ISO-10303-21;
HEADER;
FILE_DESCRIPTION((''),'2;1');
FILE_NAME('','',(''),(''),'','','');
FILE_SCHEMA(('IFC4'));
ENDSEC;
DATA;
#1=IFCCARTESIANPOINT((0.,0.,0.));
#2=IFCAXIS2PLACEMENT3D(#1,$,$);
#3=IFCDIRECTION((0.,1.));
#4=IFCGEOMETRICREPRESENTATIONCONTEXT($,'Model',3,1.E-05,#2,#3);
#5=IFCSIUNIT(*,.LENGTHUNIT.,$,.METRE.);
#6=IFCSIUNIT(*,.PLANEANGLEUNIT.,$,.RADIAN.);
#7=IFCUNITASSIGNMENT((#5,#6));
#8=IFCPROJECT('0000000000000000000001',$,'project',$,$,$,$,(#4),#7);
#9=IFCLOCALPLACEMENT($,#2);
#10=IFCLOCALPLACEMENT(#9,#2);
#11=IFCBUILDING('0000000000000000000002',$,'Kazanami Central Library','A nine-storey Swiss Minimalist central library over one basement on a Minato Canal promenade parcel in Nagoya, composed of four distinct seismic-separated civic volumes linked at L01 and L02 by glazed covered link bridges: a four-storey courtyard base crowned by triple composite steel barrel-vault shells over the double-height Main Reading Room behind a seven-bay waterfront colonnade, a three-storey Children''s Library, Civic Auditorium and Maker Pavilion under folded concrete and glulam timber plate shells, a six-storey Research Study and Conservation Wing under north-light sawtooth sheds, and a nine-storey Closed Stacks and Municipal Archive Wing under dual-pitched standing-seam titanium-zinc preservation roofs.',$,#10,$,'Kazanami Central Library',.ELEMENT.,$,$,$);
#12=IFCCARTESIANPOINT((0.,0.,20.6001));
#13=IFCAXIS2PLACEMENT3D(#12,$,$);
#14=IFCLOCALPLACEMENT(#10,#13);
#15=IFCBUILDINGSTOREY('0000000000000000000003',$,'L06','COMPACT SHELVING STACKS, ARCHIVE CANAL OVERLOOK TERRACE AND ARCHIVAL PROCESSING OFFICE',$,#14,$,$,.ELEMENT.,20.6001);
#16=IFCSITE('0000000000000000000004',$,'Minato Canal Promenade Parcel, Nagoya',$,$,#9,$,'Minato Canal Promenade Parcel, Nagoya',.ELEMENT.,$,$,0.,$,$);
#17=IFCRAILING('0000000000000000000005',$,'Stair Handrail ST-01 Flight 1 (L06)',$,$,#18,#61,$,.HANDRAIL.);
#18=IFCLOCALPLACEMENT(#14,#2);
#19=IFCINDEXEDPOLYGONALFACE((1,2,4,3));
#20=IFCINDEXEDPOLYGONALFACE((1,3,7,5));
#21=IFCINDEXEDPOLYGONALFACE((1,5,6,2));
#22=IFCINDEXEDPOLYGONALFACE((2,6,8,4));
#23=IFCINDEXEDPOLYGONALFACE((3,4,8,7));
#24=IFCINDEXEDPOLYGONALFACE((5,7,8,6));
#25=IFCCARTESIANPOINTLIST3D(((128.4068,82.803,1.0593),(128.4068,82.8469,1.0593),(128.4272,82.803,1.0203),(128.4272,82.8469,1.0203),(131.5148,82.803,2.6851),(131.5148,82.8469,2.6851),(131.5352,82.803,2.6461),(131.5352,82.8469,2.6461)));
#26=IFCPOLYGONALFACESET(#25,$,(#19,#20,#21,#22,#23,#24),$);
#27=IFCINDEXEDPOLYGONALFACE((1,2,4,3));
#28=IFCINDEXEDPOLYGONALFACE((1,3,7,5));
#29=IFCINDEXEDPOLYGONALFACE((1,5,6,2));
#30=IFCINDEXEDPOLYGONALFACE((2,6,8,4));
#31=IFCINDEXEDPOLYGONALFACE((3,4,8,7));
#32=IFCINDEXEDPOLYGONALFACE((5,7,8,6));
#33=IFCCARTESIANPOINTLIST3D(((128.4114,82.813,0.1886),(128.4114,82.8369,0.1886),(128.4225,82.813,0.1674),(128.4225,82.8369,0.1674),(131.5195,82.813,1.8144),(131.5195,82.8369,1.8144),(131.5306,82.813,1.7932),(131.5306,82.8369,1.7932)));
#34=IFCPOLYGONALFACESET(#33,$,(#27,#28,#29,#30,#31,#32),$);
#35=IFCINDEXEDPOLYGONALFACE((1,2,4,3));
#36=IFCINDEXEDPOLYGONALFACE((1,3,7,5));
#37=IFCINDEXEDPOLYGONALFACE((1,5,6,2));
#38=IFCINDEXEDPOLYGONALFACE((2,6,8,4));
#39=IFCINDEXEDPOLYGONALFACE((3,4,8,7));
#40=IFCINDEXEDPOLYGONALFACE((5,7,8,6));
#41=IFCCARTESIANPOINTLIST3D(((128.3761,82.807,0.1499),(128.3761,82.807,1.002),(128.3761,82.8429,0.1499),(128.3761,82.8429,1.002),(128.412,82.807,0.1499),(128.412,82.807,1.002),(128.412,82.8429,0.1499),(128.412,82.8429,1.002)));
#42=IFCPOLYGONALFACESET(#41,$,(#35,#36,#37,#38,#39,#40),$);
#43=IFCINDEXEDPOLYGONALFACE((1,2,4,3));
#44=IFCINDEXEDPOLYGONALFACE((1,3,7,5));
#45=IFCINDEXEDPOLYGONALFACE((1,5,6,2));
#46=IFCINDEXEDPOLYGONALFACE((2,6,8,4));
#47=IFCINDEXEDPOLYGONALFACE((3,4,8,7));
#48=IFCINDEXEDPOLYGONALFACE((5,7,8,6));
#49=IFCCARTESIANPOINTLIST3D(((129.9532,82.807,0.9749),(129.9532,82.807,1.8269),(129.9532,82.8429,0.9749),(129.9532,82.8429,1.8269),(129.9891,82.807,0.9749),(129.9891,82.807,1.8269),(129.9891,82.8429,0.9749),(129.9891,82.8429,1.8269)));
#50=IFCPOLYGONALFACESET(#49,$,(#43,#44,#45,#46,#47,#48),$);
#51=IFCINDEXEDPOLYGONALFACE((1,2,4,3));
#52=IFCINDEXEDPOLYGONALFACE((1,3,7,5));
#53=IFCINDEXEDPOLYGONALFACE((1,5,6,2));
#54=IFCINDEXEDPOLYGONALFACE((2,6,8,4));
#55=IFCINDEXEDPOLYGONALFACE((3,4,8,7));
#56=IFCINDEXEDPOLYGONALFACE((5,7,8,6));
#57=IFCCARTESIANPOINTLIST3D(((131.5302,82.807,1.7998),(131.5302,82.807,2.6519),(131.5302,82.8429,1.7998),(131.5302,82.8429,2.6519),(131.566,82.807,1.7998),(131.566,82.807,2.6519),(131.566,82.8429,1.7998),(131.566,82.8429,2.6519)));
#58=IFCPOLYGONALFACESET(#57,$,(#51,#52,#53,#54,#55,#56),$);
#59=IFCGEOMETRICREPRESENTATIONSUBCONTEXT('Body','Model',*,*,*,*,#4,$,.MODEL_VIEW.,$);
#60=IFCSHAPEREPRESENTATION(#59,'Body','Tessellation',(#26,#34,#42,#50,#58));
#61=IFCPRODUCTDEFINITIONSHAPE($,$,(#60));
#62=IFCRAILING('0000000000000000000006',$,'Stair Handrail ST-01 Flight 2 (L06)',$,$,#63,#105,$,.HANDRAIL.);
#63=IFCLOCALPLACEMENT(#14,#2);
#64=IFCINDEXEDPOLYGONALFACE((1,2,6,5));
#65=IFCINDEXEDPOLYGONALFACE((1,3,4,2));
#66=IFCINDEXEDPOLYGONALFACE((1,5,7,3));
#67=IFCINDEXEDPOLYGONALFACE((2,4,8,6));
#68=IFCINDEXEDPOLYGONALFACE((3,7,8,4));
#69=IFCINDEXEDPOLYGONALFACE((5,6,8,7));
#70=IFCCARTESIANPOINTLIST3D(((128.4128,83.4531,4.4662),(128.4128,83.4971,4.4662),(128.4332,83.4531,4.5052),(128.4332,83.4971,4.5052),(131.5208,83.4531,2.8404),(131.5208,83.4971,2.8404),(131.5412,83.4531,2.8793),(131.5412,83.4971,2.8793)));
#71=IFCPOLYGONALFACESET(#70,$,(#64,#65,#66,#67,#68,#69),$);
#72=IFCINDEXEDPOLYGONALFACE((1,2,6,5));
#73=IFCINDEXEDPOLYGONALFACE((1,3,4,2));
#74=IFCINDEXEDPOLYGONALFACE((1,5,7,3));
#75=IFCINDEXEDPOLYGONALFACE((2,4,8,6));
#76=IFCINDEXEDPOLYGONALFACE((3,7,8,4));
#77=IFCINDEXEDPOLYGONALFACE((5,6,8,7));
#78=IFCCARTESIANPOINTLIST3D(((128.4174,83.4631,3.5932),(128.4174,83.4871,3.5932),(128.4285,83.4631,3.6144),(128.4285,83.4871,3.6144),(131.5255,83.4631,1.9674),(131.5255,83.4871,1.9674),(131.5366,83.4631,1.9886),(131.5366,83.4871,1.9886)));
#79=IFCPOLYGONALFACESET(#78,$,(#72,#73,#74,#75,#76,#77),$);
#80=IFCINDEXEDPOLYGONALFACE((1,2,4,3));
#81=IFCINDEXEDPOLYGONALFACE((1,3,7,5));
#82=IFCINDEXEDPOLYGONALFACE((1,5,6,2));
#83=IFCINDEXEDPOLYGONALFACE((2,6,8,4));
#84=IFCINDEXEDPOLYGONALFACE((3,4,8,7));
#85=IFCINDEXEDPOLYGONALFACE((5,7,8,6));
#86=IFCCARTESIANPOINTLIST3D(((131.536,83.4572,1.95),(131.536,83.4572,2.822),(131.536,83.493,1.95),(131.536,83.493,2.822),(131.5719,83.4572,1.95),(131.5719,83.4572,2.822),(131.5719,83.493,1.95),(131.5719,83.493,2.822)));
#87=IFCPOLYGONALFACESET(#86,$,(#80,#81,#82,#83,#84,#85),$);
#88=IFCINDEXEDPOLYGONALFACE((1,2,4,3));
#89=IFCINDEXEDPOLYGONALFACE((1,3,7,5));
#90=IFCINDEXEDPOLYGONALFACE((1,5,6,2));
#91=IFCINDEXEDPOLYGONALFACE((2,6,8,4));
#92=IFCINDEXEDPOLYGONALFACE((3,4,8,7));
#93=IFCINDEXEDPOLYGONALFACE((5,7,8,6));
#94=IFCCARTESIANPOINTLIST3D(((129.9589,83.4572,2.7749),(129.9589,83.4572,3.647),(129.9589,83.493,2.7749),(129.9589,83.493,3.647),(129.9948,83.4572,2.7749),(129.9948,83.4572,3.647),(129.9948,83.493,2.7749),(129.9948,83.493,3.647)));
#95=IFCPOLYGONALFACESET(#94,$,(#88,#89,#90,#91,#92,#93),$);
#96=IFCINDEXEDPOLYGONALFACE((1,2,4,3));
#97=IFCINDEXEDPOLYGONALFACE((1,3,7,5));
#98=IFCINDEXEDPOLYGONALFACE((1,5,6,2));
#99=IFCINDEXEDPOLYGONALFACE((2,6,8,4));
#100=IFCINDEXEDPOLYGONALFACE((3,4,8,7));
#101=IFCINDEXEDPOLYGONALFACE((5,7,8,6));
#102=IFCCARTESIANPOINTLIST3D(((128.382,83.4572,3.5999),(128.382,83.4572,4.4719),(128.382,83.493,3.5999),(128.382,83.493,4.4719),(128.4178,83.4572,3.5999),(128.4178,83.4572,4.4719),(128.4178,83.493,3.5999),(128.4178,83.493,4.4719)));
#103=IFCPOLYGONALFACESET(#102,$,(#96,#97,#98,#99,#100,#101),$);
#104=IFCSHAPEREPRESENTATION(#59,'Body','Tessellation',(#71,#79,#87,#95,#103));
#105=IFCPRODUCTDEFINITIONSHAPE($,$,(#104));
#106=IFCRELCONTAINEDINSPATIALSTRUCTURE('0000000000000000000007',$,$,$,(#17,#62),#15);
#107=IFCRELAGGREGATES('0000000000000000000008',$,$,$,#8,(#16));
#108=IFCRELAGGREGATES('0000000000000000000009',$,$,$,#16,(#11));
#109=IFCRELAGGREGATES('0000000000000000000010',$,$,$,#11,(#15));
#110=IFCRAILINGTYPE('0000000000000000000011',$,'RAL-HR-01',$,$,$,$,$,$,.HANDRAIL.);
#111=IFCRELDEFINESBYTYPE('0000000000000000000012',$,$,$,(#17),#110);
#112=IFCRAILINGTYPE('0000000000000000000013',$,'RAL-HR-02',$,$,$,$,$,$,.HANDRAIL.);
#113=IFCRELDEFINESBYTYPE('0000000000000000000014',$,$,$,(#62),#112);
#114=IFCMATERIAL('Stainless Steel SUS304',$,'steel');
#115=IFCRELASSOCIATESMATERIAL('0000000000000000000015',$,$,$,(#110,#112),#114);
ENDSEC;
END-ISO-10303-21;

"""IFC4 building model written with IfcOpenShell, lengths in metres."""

from ifc_helpers import new_model, si_unit, direction, frame, origin, origin_2d, place, context, subcontext, project, spatial, rectangle, extrude, material, type_object, element, save


model = new_model("IFC4")

# Units and contexts
model_context = context("Model", 3, precision=1e-05, world=origin(), true_north=direction((0.0, 1.0)))
body_context = subcontext(model_context, "Body", "Model", "MODEL_VIEW")
ifc_project = project(units=[si_unit("LENGTHUNIT", "METRE"), si_unit("PLANEANGLEUNIT", "RADIAN")], contexts=[model_context])

# Site, building, storey
site_placement = place(None, origin())
site = spatial("IfcSite", under=ifc_project, at=site_placement, Name="Minato Canal Promenade Parcel, Nagoya", LongName="Minato Canal Promenade Parcel, Nagoya", CompositionType="ELEMENT", RefElevation=0.0)
building_placement = place(site_placement, origin())
building = spatial("IfcBuilding", under=site, at=building_placement, Name="Kazanami Central Library", Description="A nine-storey Swiss Minimalist central library over one basement on a Minato Canal promenade parcel in Nagoya, composed of four distinct seismic-separated civic volumes linked at L01 and L02 by glazed covered link bridges: a four-storey courtyard base crowned by triple composite steel barrel-vault shells over the double-height Main Reading Room behind a seven-bay waterfront colonnade, a three-storey Children's Library, Civic Auditorium and Maker Pavilion under folded concrete and glulam timber plate shells, a six-storey Research Study and Conservation Wing under north-light sawtooth sheds, and a nine-storey Closed Stacks and Municipal Archive Wing under dual-pitched standing-seam titanium-zinc preservation roofs.", LongName="Kazanami Central Library", CompositionType="ELEMENT")
storey_placement = place(building_placement, frame((0.0, 0.0, 20.6001)))
storey = spatial("IfcBuildingStorey", under=building, at=storey_placement, Name="L06", Description="COMPACT SHELVING STACKS, ARCHIVE CANAL OVERLOOK TERRACE AND ARCHIVAL PROCESSING OFFICE", CompositionType="ELEMENT", Elevation=20.6001)

# Railings
ifc_material_1 = material(Name="Stainless Steel SUS304", Category="steel")
railing_type_1 = type_object("IfcRailingType", Name="RAL-HR-01", PredefinedType="HANDRAIL", material=ifc_material_1)
railing_1_placement = place(storey_placement, frame((128.394, 82.825, 0.1499)))
element("IfcRailing", 1, at=railing_1_placement, inside=storey, type_object=railing_type_1, Name="Stair Handrail ST-01 Flight 1 (L06)", PredefinedType="HANDRAIL", context=body_context, shape_type="SweptSolid", body=[
    extrude(rectangle(XDim=0.0439, YDim=0.0439, at=origin_2d()), frame((0.0229, 0.0, 0.8899), z_axis=(0.886088, 0.0, 0.463517), x_axis=(0.0, 1.0, 0.0)), (0.0, 0.0, 1.0), 3.5076),
    extrude(rectangle(XDim=0.0239, YDim=0.0239, at=origin_2d()), frame((0.0229, 0.0, 0.0281), z_axis=(0.886088, 0.0, 0.463517), x_axis=(0.0, 1.0, 0.0)), (0.0, 0.0, 1.0), 3.5076),
    extrude(rectangle(XDim=0.0359, YDim=0.0359, at=origin_2d()), origin(), (0.0, 0.0, 1.0), 0.8521),
    extrude(rectangle(XDim=0.0359, YDim=0.0359, at=origin_2d()), frame((1.5771, 0.0, 0.825)), (0.0, 0.0, 1.0), 0.8521),
    extrude(rectangle(XDim=0.0359, YDim=0.0359, at=origin_2d()), frame((3.1541, 0.0, 1.6499)), (0.0, 0.0, 1.0), 0.8521),
])
railing_type_2 = type_object("IfcRailingType", Name="RAL-HR-02", PredefinedType="HANDRAIL", material=ifc_material_1)
railing_2_placement = place(storey_placement, frame((131.554, 83.4751, 1.95)))
element("IfcRailing", 2, at=railing_2_placement, inside=storey, type_object=railing_type_2, Name="Stair Handrail ST-01 Flight 2 (L06)", PredefinedType="HANDRAIL", context=body_context, shape_type="SweptSolid", body=[
    extrude(rectangle(XDim=0.0439, YDim=0.0439, at=origin_2d()), frame((-0.0229, 0.0, 0.9099), z_axis=(-0.886088, 0.0, 0.463517), x_axis=(0.0, -1.0, 0.0)), (0.0, 0.0, 1.0), 3.5076),
    extrude(rectangle(XDim=0.0239, YDim=0.0239, at=origin_2d()), frame((-0.0229, 0.0, 0.0281), z_axis=(-0.886088, 0.0, 0.463517), x_axis=(0.0, -1.0, 0.0)), (0.0, 0.0, 1.0), 3.5076),
    extrude(rectangle(XDim=0.0359, YDim=0.0359, at=origin_2d()), origin(), (0.0, 0.0, 1.0), 0.8721),
    extrude(rectangle(XDim=0.0359, YDim=0.0359, at=origin_2d()), frame((-1.5771, 0.0, 0.825)), (0.0, 0.0, 1.0), 0.8721),
    extrude(rectangle(XDim=0.0359, YDim=0.0359, at=origin_2d()), frame((-3.1541, 0.0, 1.6499)), (0.0, 0.0, 1.0), 0.8721),
])

save(model, "model.ifc")
